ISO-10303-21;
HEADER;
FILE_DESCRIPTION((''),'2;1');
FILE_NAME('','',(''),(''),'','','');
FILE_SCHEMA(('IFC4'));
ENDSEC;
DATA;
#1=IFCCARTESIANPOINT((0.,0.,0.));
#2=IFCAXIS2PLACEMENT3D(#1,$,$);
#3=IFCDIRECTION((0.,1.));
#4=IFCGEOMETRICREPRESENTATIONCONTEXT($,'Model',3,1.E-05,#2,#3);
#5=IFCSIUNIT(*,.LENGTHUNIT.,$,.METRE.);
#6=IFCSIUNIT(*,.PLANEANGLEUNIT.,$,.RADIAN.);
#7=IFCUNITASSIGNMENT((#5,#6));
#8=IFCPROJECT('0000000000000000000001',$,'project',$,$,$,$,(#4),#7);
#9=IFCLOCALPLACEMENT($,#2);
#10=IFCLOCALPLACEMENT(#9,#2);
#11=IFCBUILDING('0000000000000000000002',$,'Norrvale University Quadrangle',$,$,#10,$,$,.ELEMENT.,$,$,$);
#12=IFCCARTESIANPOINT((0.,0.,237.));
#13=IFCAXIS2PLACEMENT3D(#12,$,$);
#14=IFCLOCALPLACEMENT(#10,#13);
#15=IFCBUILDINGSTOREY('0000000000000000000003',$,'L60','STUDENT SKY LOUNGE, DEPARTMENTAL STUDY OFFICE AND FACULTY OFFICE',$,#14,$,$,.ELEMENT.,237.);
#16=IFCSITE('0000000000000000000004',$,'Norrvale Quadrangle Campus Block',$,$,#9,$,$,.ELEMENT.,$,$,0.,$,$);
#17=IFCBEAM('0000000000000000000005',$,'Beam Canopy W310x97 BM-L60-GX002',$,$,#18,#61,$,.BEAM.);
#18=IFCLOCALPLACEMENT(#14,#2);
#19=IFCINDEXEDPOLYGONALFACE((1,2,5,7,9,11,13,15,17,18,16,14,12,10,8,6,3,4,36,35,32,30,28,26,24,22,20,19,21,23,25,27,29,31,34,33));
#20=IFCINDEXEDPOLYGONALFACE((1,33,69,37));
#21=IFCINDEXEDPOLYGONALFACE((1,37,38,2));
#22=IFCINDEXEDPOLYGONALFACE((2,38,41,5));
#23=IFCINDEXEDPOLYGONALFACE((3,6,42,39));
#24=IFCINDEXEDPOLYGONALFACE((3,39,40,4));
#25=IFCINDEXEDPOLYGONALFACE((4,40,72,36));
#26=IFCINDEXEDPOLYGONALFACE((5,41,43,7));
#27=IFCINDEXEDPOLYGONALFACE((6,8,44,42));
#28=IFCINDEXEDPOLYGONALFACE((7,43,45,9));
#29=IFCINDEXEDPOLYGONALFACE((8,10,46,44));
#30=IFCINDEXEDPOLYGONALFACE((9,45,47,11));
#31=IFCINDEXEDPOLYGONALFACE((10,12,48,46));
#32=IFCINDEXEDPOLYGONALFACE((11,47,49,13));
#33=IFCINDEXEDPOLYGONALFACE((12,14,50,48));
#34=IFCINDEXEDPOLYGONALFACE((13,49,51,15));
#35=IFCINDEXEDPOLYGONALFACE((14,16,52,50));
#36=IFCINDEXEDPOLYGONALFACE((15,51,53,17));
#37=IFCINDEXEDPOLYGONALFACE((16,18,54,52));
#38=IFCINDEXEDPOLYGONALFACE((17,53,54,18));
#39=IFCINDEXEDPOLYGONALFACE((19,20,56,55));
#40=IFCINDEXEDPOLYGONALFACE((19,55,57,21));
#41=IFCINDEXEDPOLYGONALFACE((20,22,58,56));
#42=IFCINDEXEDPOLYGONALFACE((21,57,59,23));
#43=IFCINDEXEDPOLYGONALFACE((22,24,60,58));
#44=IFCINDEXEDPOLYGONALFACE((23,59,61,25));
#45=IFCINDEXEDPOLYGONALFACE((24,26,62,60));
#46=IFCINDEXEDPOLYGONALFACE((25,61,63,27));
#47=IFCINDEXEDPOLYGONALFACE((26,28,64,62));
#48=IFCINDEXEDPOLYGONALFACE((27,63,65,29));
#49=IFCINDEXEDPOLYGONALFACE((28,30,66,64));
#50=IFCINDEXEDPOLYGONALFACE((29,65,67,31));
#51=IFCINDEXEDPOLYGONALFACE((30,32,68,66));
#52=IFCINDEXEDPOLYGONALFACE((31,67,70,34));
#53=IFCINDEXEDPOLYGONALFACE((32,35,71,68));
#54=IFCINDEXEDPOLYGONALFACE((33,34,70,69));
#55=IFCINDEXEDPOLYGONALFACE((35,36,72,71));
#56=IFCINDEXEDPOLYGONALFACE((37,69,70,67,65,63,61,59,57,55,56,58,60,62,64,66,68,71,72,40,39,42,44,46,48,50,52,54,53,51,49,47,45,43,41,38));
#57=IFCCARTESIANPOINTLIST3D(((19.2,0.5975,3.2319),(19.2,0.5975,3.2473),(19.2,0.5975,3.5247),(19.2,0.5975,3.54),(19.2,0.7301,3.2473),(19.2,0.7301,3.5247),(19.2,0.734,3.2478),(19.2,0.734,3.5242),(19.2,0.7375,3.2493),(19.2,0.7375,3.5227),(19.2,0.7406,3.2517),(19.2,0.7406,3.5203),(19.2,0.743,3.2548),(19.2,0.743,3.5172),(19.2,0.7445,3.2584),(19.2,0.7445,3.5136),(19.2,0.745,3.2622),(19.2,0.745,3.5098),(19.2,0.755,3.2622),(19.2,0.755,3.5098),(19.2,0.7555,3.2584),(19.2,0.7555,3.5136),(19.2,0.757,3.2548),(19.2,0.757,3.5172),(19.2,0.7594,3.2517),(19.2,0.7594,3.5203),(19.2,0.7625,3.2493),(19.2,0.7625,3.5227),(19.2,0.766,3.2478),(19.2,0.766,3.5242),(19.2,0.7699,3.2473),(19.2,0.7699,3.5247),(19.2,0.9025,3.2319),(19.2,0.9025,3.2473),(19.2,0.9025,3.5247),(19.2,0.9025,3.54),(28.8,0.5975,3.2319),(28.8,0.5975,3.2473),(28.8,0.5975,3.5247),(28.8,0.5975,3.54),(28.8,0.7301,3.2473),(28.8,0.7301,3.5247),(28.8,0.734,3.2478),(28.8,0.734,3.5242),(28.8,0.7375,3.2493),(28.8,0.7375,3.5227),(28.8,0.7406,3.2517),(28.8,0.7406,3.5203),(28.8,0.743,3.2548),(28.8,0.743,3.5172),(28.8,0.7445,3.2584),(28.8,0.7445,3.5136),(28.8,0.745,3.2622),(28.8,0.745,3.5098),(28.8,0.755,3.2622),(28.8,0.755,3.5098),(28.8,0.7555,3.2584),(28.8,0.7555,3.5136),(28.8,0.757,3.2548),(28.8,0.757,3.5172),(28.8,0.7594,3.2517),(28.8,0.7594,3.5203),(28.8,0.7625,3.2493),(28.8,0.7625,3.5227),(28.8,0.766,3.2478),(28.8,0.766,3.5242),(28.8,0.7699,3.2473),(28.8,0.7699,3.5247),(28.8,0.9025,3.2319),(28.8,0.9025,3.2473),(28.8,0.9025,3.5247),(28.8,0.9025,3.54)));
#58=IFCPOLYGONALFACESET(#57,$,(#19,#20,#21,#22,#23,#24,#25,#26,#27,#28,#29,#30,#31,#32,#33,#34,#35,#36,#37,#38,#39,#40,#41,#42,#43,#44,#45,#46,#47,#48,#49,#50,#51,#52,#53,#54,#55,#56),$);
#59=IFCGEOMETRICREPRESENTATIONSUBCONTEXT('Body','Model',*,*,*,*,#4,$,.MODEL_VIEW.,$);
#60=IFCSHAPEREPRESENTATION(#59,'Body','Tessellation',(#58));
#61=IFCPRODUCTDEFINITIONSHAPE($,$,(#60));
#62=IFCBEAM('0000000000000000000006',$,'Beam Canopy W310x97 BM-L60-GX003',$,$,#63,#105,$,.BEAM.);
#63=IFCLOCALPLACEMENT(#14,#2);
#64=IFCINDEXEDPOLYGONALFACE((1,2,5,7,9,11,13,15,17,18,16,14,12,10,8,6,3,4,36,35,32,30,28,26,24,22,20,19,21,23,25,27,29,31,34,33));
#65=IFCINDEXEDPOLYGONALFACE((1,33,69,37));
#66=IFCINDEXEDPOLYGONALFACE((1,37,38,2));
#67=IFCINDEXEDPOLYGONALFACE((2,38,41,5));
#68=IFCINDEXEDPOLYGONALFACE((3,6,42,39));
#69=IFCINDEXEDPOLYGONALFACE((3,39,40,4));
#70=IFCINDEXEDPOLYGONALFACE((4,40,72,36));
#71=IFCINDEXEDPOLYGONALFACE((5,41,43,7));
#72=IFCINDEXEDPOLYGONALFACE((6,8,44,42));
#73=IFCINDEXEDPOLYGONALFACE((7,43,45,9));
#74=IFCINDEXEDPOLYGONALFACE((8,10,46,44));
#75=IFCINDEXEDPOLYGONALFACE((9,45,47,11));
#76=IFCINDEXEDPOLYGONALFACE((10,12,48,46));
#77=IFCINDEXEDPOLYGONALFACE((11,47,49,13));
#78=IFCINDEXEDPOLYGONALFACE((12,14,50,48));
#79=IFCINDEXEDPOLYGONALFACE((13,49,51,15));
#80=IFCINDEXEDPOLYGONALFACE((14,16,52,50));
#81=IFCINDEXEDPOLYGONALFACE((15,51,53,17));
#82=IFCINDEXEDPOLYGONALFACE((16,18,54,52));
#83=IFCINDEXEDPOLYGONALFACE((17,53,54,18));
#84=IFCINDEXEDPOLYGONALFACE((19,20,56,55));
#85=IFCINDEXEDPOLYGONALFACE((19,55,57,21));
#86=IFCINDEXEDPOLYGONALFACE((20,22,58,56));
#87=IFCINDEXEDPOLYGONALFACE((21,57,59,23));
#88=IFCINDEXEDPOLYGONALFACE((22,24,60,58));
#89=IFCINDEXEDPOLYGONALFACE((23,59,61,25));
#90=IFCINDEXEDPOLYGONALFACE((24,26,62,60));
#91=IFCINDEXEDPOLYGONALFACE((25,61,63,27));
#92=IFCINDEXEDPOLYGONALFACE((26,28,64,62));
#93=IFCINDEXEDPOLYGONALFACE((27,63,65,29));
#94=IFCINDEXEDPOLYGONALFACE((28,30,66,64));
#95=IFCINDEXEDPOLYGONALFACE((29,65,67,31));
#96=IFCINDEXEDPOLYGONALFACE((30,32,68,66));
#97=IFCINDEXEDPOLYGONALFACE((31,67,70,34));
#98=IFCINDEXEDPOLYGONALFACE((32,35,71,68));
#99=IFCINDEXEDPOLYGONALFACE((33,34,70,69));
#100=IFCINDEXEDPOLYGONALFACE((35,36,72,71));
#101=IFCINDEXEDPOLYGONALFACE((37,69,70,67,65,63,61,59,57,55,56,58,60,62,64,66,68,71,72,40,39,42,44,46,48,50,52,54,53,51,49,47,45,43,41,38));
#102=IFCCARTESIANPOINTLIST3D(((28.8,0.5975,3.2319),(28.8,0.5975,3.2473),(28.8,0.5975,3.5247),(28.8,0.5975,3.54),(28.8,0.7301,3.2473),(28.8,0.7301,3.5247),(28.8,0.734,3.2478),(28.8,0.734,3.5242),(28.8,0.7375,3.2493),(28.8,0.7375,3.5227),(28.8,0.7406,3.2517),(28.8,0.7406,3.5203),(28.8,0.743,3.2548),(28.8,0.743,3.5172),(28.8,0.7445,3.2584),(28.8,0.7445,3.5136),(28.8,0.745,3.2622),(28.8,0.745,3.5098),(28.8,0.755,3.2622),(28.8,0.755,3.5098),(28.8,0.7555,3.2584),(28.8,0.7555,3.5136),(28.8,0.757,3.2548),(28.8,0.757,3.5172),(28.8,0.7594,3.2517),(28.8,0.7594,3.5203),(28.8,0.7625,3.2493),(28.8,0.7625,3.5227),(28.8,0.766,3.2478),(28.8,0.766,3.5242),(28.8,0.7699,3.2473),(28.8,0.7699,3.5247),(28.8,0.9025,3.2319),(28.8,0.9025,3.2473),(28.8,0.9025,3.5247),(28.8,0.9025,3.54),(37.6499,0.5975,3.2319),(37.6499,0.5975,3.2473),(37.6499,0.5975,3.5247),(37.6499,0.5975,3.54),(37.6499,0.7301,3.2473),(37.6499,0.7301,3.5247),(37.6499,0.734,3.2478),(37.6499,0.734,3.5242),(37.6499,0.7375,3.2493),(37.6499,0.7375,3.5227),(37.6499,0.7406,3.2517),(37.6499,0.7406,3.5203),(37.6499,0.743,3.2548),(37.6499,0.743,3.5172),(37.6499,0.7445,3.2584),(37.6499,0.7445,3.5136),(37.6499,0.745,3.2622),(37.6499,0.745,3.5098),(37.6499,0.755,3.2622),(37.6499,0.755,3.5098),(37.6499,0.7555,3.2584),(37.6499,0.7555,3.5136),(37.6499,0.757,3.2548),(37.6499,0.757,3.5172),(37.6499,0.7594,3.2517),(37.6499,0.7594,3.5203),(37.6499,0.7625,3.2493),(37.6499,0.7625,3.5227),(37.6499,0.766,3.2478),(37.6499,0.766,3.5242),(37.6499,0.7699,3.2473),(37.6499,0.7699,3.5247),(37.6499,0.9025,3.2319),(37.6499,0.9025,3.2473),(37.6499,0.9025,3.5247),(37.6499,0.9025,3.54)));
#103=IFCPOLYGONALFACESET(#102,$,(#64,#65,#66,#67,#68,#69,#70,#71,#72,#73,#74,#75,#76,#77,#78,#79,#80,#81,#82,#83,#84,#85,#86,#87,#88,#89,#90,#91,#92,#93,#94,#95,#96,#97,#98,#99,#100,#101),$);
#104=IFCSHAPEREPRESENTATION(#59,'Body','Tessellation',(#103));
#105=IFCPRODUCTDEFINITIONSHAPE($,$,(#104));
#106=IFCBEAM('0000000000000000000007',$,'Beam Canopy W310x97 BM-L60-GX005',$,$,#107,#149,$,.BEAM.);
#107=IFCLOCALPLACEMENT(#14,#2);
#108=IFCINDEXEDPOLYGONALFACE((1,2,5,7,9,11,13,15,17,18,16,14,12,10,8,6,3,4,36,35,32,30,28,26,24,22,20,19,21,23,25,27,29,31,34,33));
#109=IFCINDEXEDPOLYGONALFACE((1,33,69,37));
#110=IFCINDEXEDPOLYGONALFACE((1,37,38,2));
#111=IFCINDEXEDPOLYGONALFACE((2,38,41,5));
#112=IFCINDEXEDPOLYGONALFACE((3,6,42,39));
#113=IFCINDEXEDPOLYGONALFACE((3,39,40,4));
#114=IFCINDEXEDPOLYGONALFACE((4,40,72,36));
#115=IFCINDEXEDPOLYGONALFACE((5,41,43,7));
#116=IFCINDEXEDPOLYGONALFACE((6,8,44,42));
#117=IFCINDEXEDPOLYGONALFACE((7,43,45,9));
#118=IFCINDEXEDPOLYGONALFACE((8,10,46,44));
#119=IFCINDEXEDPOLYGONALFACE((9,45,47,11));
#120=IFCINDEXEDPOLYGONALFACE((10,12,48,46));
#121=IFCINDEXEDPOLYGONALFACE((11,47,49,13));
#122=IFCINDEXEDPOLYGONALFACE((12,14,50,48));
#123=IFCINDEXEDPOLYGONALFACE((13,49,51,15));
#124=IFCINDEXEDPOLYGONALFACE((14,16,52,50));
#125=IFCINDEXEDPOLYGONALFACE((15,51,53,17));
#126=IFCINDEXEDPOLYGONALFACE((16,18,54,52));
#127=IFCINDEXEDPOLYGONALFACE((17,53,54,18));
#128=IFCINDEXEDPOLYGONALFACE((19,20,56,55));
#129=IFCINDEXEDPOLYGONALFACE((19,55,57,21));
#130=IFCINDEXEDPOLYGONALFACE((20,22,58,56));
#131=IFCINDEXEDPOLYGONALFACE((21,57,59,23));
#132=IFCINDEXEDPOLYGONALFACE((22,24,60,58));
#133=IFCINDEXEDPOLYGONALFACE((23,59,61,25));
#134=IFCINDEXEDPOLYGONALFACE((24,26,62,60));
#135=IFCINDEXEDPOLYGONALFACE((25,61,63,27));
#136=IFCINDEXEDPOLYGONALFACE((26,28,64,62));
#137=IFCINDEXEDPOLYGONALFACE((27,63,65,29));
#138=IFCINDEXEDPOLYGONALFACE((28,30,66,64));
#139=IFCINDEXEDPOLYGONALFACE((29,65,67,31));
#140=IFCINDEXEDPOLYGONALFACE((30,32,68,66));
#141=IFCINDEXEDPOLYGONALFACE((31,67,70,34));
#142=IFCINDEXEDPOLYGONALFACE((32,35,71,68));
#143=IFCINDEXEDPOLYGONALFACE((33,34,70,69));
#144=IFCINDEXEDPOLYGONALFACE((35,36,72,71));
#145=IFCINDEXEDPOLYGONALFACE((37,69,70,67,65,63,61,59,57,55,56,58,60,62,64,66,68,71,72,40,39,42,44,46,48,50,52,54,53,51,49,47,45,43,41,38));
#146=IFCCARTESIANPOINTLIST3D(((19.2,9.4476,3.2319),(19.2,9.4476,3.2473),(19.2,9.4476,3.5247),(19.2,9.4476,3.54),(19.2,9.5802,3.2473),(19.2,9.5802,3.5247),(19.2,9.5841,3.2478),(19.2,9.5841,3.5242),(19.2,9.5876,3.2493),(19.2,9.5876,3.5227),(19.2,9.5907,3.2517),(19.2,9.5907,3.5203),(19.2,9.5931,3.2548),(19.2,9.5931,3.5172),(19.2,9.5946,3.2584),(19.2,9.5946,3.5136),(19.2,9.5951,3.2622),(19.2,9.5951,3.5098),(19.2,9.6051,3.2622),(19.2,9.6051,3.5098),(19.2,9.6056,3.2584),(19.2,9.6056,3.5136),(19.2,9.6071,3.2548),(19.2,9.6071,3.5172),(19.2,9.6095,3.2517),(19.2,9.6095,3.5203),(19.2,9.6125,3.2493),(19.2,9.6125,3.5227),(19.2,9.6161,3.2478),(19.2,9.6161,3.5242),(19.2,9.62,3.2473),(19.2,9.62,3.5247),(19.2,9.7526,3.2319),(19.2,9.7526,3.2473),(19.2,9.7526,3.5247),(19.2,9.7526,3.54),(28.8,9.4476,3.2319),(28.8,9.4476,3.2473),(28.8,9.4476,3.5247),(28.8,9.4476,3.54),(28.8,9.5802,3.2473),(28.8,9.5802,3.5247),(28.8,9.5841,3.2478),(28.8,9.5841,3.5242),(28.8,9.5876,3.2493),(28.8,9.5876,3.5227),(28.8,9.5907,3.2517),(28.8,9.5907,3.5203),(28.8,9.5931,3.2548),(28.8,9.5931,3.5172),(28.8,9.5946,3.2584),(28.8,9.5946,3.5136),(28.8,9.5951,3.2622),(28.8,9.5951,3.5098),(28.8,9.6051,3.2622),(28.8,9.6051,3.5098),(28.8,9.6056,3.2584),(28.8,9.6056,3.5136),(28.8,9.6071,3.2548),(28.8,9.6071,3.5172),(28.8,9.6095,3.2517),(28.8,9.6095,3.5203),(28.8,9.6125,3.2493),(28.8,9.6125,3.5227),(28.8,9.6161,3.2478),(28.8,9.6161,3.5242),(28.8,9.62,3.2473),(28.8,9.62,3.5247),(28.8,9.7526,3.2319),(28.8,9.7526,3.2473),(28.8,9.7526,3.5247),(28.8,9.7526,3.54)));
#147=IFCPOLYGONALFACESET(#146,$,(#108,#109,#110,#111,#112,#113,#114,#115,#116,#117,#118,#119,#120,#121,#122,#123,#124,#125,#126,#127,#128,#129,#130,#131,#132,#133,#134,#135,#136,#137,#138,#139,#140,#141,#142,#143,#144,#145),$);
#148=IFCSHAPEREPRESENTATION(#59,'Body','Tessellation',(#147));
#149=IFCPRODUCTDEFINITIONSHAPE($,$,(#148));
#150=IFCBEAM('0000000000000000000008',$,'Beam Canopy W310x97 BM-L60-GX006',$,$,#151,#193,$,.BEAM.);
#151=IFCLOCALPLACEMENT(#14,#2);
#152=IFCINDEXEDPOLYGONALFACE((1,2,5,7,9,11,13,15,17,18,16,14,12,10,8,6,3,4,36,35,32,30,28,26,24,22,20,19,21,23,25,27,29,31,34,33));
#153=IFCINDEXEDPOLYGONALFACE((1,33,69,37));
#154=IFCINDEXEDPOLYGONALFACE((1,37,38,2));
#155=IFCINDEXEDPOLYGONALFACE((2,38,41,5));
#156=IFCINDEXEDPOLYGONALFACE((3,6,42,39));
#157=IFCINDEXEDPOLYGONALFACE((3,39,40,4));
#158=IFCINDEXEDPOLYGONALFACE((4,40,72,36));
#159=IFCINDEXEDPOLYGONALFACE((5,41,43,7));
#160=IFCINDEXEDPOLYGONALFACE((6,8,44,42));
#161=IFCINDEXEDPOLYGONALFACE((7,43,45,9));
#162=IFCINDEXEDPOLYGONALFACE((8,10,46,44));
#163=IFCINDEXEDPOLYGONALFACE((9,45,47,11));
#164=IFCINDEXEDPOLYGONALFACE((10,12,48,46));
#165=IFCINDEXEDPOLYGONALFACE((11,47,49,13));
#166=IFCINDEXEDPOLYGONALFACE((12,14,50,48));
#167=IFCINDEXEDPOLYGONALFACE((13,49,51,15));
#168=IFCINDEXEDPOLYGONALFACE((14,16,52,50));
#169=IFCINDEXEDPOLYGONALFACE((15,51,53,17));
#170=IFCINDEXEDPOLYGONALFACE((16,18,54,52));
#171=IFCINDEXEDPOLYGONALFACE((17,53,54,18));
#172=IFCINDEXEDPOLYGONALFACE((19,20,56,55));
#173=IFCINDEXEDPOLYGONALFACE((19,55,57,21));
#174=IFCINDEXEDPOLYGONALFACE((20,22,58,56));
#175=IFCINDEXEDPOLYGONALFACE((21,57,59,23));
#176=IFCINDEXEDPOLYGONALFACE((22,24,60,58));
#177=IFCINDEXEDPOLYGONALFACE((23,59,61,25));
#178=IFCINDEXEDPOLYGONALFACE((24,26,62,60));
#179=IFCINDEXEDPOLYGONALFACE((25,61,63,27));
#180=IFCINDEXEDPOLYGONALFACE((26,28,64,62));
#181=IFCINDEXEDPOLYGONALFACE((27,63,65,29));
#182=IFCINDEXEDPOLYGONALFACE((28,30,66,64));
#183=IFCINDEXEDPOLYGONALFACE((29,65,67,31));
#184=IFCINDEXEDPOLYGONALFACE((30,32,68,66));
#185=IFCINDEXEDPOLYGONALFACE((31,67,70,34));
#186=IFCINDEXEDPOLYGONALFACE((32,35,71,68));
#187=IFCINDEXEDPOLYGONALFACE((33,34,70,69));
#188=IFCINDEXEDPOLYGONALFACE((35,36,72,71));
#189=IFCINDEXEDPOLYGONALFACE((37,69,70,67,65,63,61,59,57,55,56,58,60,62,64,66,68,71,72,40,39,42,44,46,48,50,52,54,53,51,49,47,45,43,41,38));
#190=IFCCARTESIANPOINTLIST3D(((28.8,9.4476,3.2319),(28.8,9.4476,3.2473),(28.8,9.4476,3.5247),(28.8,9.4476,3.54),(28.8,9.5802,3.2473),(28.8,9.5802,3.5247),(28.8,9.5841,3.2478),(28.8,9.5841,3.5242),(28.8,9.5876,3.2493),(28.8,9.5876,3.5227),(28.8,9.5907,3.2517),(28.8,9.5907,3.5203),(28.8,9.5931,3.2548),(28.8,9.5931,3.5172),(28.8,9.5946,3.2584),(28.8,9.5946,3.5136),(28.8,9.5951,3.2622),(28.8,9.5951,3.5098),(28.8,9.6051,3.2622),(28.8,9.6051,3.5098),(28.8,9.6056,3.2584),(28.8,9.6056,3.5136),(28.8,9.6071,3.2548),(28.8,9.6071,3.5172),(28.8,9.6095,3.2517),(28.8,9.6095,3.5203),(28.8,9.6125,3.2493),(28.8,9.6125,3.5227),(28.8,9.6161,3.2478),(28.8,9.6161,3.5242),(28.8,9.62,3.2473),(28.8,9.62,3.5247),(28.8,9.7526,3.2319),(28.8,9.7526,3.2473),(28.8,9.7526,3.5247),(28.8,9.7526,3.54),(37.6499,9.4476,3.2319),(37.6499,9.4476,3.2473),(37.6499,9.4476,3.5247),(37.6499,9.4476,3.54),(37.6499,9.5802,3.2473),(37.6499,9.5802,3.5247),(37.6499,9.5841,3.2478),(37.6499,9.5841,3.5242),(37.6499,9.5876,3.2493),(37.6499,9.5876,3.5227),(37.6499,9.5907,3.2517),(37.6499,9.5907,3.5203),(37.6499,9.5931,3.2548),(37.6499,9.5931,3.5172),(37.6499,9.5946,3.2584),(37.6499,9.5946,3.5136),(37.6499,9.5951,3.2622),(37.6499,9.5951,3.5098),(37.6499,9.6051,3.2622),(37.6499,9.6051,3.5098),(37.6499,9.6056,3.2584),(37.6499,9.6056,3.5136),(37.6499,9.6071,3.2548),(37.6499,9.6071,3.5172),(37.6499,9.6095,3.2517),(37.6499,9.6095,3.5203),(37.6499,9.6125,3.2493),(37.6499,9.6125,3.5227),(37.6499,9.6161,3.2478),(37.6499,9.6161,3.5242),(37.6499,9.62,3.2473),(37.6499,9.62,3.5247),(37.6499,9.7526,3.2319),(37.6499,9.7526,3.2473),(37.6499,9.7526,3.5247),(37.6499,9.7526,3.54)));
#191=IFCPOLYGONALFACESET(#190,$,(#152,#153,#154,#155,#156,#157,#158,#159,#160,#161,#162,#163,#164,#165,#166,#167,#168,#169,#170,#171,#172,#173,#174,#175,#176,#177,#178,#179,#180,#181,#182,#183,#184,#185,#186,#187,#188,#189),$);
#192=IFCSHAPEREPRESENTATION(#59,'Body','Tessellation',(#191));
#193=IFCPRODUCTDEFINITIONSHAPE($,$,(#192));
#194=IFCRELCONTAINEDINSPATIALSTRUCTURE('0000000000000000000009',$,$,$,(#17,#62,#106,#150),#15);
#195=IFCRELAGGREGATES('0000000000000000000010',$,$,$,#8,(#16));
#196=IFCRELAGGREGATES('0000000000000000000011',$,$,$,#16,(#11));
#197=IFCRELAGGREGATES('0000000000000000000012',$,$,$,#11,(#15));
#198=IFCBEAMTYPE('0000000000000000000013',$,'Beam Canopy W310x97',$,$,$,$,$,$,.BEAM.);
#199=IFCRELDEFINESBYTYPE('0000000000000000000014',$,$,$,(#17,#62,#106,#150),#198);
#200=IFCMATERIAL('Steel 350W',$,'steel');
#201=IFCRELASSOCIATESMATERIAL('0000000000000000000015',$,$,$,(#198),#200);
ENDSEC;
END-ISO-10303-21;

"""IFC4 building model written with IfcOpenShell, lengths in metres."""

from ifc_helpers import new_model, si_unit, direction, frame, origin, origin_2d, place, context, subcontext, project, spatial, i_section, extrude, material, material_profile, profile_set, type_object, element, save


model = new_model("IFC4")

# Units and contexts
model_context = context("Model", 3, precision=1e-05, world=origin(), true_north=direction((0.0, 1.0)))
body_context = subcontext(model_context, "Body", "Model", "MODEL_VIEW")
ifc_project = project(units=[si_unit("LENGTHUNIT", "METRE"), si_unit("PLANEANGLEUNIT", "RADIAN")], contexts=[model_context])

# Site, building, storey
site_placement = place(None, origin())
site = spatial("IfcSite", under=ifc_project, at=site_placement, Name="Norrvale Quadrangle Campus Block", CompositionType="ELEMENT", RefElevation=0.0)
building_placement = place(site_placement, origin())
building = spatial("IfcBuilding", under=site, at=building_placement, Name="Norrvale University Quadrangle", CompositionType="ELEMENT")
storey_placement = place(building_placement, frame((0.0, 0.0, 237.0)))
storey = spatial("IfcBuildingStorey", under=building, at=storey_placement, Name="L60", Description="STUDENT SKY LOUNGE, DEPARTMENTAL STUDY OFFICE AND FACULTY OFFICE", CompositionType="ELEMENT", Elevation=237.0)

# Beams
ifc_material_1 = material(Name="Steel 350W", Category="steel")
ifc_material_profile_1 = material_profile(ifc_material_1, i_section(OverallWidth=0.3049, OverallDepth=0.3081, WebThickness=0.01, FlangeThickness=0.0154, FilletRadius=0.0149, at=origin_2d()), Name="Steel 350W")
ifc_profile_set_1 = profile_set([ifc_material_profile_1], Name="Steel 350W")
beam_type_1 = type_object("IfcBeamType", Name="Beam Canopy W310x97", PredefinedType="BEAM", material=ifc_profile_set_1)
beam_1_placement = place(storey_placement, frame((19.2, 0.75, 3.386), z_axis=(1.0, 0.0, 0.0), x_axis=(0.0, 1.0, 0.0)))
element("IfcBeam", 1, at=beam_1_placement, inside=storey, type_object=beam_type_1, Name="Beam Canopy W310x97 BM-L60-GX002", PredefinedType="BEAM", context=body_context, shape_type="SweptSolid", body=[
    extrude(i_section(OverallWidth=0.3049, OverallDepth=0.3081, WebThickness=0.01, FlangeThickness=0.0154, FilletRadius=0.0149, at=origin_2d()), origin(), (0.0, 0.0, 1.0), 9.6001),
])
beam_2_placement = place(storey_placement, frame((28.8, 0.75, 3.386), z_axis=(1.0, 0.0, 0.0), x_axis=(0.0, 1.0, 0.0)))
element("IfcBeam", 2, at=beam_2_placement, inside=storey, type_object=beam_type_1, Name="Beam Canopy W310x97 BM-L60-GX003", PredefinedType="BEAM", context=body_context, shape_type="SweptSolid", body=[
    extrude(i_section(OverallWidth=0.3049, OverallDepth=0.3081, WebThickness=0.01, FlangeThickness=0.0154, FilletRadius=0.0149, at=origin_2d()), origin(), (0.0, 0.0, 1.0), 8.8499),
])
beam_3_placement = place(storey_placement, frame((19.2, 9.6001, 3.386), z_axis=(1.0, 0.0, 0.0), x_axis=(0.0, 1.0, 0.0)))
element("IfcBeam", 3, at=beam_3_placement, inside=storey, type_object=beam_type_1, Name="Beam Canopy W310x97 BM-L60-GX005", PredefinedType="BEAM", context=body_context, shape_type="SweptSolid", body=[
    extrude(i_section(OverallWidth=0.3049, OverallDepth=0.3081, WebThickness=0.01, FlangeThickness=0.0154, FilletRadius=0.0149, at=origin_2d()), origin(), (0.0, 0.0, 1.0), 9.6001),
])
beam_4_placement = place(storey_placement, frame((28.8, 9.6001, 3.386), z_axis=(1.0, 0.0, 0.0), x_axis=(0.0, 1.0, 0.0)))
element("IfcBeam", 4, at=beam_4_placement, inside=storey, type_object=beam_type_1, Name="Beam Canopy W310x97 BM-L60-GX006", PredefinedType="BEAM", context=body_context, shape_type="SweptSolid", body=[
    extrude(i_section(OverallWidth=0.3049, OverallDepth=0.3081, WebThickness=0.01, FlangeThickness=0.0154, FilletRadius=0.0149, at=origin_2d()), origin(), (0.0, 0.0, 1.0), 8.8499),
])

save(model, "model.ifc")
